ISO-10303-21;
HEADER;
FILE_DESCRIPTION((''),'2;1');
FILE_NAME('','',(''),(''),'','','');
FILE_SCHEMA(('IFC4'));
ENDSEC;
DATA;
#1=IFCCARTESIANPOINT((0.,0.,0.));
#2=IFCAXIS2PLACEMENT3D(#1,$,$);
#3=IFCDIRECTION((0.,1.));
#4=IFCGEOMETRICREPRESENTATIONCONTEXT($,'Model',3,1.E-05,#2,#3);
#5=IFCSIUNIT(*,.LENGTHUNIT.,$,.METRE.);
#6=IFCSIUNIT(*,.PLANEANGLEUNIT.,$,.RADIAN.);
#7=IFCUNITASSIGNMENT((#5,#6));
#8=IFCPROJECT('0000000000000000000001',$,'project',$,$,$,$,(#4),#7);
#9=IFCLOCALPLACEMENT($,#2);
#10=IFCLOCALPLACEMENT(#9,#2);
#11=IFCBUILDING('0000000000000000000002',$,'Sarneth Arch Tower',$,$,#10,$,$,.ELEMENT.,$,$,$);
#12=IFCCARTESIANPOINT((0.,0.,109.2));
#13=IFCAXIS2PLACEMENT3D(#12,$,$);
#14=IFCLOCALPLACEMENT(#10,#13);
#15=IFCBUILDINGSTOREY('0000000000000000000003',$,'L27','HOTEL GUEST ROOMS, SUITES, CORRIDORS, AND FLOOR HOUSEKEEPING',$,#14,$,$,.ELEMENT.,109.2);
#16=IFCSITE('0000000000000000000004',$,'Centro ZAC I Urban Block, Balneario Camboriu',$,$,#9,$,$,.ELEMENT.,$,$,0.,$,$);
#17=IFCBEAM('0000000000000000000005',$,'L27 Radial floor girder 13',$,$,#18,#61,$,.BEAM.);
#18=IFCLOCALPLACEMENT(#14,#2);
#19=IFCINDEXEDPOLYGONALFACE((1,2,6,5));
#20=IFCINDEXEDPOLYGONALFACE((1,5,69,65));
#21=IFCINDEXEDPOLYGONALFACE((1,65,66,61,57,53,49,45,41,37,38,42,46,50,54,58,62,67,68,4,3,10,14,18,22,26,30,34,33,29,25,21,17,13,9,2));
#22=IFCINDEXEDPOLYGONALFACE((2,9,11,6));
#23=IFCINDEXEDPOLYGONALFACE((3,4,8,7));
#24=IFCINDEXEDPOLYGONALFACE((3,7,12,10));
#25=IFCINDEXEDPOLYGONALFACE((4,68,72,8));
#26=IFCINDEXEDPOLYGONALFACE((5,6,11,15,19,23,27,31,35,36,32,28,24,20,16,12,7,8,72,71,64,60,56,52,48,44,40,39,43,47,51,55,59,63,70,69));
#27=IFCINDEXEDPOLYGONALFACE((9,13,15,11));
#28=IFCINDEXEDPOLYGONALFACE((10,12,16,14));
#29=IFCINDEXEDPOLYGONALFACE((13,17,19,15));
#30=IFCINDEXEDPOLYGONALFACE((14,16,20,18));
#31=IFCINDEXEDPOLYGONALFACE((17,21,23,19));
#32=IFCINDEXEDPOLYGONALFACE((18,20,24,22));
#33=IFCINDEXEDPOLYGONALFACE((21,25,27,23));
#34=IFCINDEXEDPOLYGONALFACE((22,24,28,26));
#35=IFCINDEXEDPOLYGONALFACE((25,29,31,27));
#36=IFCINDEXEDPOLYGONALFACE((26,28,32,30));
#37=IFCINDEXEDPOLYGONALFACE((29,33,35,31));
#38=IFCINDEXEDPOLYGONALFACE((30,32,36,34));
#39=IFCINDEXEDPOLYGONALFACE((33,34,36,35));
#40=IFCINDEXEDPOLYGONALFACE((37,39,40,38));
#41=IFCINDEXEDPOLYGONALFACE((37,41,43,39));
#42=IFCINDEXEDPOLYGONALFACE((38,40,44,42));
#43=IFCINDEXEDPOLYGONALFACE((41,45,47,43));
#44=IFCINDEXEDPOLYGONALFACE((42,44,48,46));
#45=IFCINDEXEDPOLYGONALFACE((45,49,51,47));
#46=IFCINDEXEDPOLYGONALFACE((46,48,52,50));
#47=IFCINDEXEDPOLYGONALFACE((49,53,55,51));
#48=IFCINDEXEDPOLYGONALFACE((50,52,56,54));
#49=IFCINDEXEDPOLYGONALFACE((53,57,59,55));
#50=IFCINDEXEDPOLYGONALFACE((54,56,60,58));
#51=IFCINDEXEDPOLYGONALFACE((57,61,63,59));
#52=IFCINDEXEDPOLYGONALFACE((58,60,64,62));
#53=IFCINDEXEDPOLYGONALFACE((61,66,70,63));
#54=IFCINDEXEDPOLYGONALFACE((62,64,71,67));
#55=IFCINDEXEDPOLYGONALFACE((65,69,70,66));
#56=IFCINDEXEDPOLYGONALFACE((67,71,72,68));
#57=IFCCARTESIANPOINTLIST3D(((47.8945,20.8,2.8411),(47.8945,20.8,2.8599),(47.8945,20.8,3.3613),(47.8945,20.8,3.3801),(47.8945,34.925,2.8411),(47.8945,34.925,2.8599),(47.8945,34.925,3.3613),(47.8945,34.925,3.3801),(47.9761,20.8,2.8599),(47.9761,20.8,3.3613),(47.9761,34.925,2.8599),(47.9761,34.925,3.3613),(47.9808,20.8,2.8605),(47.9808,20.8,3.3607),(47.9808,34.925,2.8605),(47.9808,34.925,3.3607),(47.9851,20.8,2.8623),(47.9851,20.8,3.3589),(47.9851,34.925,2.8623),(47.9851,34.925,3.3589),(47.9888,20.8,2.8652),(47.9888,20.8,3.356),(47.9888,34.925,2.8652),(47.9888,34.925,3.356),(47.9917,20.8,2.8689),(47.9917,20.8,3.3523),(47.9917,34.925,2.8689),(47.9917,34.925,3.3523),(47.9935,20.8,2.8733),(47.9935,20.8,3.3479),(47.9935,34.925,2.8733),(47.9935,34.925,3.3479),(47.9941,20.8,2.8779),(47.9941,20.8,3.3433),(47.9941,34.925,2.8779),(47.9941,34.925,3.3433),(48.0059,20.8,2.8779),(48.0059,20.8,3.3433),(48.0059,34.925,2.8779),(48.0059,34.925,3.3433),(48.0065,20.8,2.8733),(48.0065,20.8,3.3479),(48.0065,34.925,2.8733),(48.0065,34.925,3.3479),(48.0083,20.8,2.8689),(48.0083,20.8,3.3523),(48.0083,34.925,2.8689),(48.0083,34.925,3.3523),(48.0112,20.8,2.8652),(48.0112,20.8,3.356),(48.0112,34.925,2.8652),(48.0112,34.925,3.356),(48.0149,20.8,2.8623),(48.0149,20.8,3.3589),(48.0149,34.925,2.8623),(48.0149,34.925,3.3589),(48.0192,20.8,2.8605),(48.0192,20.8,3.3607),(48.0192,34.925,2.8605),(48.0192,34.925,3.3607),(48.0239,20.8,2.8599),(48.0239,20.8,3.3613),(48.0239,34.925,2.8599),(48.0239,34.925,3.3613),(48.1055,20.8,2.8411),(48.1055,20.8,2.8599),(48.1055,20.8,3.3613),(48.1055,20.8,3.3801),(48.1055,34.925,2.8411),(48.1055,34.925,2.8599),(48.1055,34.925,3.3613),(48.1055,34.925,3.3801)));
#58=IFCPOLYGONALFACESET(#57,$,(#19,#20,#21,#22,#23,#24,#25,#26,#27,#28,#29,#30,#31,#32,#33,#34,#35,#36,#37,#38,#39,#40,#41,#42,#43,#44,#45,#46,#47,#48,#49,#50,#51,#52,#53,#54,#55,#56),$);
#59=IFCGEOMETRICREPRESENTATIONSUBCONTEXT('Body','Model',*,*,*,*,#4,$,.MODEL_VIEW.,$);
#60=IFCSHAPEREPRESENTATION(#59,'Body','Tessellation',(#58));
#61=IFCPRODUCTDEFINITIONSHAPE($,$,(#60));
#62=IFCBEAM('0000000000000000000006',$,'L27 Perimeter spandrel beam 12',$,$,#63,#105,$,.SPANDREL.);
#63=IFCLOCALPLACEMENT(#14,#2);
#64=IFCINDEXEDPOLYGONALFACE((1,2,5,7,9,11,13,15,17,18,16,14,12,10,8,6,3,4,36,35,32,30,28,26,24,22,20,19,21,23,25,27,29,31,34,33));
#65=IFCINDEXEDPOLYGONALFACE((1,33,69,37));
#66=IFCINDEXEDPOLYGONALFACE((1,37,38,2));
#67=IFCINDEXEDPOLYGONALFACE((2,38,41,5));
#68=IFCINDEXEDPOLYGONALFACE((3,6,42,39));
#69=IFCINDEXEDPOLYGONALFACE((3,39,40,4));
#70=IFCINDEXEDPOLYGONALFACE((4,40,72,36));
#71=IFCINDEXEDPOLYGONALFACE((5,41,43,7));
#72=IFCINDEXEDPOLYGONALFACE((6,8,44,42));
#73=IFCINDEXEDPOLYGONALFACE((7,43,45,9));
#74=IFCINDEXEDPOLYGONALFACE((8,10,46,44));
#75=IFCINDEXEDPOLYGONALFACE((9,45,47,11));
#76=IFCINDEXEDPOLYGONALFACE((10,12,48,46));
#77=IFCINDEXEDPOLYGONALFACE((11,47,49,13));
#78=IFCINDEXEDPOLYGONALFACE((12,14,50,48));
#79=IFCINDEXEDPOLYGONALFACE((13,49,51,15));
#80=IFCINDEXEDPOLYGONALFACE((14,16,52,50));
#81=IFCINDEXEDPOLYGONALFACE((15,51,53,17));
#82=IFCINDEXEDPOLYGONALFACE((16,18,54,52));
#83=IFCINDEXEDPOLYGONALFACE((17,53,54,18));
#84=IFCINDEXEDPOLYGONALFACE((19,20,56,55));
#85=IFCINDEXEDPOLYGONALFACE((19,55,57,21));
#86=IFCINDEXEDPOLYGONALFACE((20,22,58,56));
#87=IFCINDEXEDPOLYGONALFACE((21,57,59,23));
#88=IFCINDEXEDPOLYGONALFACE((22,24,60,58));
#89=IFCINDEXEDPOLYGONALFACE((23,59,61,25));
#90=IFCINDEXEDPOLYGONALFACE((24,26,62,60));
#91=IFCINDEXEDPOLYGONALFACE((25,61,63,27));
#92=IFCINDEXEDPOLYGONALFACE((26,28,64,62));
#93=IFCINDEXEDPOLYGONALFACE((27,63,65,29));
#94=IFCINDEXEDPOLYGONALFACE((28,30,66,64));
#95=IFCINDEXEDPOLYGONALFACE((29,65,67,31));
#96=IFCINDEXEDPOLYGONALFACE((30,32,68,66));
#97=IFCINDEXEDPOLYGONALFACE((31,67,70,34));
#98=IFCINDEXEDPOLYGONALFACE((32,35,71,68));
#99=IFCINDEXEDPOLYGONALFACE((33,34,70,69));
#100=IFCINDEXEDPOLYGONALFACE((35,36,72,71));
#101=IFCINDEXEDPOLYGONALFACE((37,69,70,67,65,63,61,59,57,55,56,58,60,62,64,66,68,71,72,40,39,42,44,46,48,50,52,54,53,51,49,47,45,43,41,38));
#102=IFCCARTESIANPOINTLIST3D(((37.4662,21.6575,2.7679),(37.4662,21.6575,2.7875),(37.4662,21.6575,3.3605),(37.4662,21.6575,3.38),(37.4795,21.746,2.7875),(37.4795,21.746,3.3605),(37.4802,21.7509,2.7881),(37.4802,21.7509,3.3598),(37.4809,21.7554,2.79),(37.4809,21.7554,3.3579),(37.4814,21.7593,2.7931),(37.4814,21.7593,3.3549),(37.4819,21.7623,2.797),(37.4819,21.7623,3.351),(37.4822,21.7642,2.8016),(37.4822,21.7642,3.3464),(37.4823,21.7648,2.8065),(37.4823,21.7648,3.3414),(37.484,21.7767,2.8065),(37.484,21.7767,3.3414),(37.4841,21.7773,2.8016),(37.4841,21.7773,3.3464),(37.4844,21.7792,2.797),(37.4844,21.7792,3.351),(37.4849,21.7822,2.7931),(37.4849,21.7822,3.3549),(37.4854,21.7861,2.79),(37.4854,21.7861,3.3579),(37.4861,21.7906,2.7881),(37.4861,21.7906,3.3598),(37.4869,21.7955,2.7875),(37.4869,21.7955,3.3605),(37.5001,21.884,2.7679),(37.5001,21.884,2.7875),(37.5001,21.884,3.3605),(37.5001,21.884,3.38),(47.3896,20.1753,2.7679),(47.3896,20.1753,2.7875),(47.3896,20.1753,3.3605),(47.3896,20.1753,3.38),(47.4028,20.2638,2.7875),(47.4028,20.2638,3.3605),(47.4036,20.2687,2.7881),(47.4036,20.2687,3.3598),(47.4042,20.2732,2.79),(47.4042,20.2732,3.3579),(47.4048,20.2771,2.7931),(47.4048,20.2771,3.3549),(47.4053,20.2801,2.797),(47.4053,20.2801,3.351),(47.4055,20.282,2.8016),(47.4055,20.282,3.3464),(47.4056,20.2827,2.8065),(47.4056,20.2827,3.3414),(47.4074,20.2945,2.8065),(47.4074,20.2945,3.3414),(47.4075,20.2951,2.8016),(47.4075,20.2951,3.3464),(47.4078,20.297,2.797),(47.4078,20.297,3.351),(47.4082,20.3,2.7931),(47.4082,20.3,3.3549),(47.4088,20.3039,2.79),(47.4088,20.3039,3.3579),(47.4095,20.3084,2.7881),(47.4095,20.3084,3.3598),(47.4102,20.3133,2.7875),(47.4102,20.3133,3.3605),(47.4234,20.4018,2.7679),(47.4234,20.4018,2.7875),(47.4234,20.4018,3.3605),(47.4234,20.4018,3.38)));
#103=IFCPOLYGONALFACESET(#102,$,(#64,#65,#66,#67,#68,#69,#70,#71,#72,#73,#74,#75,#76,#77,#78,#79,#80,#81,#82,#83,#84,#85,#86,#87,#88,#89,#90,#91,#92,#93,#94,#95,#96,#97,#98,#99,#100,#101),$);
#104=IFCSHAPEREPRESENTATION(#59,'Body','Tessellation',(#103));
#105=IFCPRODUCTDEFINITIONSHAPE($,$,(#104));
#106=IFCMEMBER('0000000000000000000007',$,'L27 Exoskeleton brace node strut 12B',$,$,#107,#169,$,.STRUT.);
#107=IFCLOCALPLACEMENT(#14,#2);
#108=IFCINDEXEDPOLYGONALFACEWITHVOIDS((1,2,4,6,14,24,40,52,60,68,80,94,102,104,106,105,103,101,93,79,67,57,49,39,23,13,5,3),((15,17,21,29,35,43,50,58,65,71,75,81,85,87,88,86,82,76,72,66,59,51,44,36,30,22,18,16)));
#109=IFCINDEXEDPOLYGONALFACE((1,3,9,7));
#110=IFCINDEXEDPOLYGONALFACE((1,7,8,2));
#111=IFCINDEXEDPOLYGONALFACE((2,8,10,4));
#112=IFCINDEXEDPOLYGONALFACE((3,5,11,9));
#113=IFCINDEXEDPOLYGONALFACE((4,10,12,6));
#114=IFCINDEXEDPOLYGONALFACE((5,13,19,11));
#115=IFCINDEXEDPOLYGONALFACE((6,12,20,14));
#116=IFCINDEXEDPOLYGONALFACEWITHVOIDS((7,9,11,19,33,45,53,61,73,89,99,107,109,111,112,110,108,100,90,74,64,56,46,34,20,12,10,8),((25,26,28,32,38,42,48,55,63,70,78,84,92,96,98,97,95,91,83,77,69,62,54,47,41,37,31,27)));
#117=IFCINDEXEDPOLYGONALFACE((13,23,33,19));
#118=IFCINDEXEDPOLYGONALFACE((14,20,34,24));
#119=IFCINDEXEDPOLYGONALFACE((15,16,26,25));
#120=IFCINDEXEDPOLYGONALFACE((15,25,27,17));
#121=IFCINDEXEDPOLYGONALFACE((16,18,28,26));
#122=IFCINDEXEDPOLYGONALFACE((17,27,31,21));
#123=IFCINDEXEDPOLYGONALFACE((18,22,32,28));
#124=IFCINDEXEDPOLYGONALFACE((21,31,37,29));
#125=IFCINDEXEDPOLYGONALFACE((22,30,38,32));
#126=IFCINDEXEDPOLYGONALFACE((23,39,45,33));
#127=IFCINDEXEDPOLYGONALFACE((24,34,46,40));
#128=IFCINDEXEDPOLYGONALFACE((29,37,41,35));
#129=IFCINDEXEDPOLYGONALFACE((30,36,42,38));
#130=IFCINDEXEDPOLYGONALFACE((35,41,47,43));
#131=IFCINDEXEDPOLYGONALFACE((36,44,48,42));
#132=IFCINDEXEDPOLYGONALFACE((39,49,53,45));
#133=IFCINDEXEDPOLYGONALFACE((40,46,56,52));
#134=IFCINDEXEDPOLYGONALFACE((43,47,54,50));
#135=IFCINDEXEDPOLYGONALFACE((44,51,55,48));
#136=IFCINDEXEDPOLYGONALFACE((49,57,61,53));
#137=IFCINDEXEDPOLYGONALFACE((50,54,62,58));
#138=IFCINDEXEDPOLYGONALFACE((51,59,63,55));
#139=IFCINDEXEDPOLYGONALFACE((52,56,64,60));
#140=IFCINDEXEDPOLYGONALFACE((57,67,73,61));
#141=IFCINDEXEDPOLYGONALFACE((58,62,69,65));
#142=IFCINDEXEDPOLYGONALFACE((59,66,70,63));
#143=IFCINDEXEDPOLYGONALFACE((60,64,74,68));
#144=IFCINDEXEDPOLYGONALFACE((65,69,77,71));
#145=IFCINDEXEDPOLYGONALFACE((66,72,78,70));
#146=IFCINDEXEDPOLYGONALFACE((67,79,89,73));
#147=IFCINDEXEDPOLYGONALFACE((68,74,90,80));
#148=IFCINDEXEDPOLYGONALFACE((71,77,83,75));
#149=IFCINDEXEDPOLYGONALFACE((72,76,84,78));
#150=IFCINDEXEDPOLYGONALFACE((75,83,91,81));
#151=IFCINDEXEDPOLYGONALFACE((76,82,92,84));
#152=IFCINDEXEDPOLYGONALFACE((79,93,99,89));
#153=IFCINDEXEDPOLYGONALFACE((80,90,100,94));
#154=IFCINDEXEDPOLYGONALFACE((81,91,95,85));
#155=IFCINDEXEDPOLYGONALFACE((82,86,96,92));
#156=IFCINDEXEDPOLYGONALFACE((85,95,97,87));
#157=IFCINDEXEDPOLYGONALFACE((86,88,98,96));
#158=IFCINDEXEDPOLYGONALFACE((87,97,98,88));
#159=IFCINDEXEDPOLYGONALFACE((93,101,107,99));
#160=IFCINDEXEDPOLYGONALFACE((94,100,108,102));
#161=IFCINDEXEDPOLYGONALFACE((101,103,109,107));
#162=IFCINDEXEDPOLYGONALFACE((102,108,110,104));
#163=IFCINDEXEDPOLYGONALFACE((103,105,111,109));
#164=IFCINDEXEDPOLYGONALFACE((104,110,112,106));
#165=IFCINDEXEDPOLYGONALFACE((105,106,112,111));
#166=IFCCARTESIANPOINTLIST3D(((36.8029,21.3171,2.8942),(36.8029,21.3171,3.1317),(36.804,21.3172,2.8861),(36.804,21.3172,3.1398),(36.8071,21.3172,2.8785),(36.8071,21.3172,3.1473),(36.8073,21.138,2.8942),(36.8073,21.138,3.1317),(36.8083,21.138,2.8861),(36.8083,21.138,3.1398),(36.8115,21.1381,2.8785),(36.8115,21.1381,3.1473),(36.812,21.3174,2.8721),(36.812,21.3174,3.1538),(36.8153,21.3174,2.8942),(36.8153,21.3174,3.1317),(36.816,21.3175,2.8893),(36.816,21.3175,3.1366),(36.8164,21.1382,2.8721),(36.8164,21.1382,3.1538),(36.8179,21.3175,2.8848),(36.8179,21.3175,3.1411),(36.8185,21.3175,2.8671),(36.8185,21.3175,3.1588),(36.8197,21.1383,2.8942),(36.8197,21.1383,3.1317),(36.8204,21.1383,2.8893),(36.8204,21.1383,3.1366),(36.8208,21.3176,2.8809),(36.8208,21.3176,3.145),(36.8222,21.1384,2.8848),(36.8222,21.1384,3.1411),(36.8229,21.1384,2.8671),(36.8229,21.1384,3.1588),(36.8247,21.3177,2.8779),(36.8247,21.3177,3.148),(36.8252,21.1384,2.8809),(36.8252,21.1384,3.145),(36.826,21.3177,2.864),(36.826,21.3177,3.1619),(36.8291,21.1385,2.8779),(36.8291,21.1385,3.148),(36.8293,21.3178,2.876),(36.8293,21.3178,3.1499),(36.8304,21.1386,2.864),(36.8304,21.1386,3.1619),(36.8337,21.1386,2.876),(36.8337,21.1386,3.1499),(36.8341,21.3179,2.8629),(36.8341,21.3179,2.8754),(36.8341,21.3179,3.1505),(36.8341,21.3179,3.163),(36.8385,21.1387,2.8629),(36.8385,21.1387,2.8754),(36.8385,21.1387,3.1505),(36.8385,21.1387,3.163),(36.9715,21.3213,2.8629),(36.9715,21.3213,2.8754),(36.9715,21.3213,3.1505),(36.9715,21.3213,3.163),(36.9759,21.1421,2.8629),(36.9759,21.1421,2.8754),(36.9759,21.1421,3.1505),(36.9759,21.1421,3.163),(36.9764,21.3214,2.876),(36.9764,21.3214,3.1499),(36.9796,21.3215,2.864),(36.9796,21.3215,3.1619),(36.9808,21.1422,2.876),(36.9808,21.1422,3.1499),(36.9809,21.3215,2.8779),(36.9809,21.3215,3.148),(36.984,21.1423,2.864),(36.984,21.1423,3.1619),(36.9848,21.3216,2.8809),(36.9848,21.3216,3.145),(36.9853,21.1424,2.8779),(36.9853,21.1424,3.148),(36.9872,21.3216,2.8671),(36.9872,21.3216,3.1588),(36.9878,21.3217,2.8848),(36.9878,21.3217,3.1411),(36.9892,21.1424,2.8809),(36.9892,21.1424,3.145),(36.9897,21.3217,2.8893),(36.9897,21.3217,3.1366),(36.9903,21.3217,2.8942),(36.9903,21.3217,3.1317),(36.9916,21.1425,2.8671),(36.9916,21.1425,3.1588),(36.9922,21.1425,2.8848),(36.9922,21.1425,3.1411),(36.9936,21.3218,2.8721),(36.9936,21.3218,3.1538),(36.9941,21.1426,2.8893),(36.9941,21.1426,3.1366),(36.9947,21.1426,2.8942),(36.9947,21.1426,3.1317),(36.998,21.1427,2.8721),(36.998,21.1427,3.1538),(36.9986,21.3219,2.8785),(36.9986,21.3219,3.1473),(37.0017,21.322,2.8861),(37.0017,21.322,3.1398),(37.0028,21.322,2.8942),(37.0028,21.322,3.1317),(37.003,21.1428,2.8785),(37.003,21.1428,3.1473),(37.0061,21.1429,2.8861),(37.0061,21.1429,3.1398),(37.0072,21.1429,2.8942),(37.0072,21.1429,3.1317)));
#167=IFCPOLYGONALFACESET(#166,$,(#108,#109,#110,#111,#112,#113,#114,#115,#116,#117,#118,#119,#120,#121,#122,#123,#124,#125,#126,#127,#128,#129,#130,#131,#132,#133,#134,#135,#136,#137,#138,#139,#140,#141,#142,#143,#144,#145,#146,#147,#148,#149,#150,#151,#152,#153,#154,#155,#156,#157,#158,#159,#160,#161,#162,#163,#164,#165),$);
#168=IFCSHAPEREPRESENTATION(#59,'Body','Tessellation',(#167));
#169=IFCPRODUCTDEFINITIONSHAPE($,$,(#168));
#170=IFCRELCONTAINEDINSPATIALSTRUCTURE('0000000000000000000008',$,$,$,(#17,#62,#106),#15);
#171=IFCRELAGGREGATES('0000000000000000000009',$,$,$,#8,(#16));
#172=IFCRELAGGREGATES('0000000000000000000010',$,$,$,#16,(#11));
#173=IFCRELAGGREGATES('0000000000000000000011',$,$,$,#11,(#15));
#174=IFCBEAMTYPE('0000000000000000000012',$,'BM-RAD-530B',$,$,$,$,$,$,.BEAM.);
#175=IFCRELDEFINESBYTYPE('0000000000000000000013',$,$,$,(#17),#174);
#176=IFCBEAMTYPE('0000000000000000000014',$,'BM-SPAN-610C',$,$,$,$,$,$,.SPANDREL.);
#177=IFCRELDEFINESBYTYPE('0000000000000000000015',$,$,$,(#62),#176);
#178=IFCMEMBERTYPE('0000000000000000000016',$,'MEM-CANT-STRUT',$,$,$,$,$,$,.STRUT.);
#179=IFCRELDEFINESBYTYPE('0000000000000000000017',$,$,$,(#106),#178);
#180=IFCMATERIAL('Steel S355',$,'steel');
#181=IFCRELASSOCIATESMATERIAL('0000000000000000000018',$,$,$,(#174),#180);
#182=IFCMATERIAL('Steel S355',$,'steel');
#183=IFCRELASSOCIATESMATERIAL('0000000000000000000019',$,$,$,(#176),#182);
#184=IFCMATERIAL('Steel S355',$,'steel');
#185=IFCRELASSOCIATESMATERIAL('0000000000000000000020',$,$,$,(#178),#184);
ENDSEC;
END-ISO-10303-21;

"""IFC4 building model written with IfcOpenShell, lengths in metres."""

from ifc_helpers import new_model, si_unit, direction, frame, origin, origin_2d, place, context, subcontext, project, spatial, hollow_rectangle, i_section, extrude, material, material_profile, profile_set, type_object, element, save


model = new_model("IFC4")

# Units and contexts
model_context = context("Model", 3, precision=1e-05, world=origin(), true_north=direction((0.0, 1.0)))
body_context = subcontext(model_context, "Body", "Model", "MODEL_VIEW")
ifc_project = project(units=[si_unit("LENGTHUNIT", "METRE"), si_unit("PLANEANGLEUNIT", "RADIAN")], contexts=[model_context])

# Site, building, storey
site_placement = place(None, origin())
site = spatial("IfcSite", under=ifc_project, at=site_placement, Name="Centro ZAC I Urban Block, Balneario Camboriu", CompositionType="ELEMENT", RefElevation=0.0)
building_placement = place(site_placement, origin())
building = spatial("IfcBuilding", under=site, at=building_placement, Name="Sarneth Arch Tower", CompositionType="ELEMENT")
storey_placement = place(building_placement, frame((0.0, 0.0, 109.2)))
storey = spatial("IfcBuildingStorey", under=building, at=storey_placement, Name="L27", Description="HOTEL GUEST ROOMS, SUITES, CORRIDORS, AND FLOOR HOUSEKEEPING", CompositionType="ELEMENT", Elevation=109.2)

# Beams
ifc_material_1 = material(Name="Steel S355", Category="steel")
ifc_material_profile_1 = material_profile(ifc_material_1, i_section(OverallWidth=0.2109, OverallDepth=0.5391, WebThickness=0.0117, FlangeThickness=0.0188, FilletRadius=0.0181, at=origin_2d()), Name="W530x109")
ifc_profile_set_1 = profile_set([ifc_material_profile_1], Name="Steel S355")
beam_type_1 = type_object("IfcBeamType", Name="BM-RAD-530B", PredefinedType="BEAM", material=ifc_profile_set_1)
beam_1_placement = place(storey_placement, frame((48.0, 34.925, 3.1106), z_axis=(0.0, -1.0, 0.0), x_axis=(1.0, 0.0, 0.0)))
element("IfcBeam", 1, at=beam_1_placement, inside=storey, type_object=beam_type_1, Name="L27 Radial floor girder 13", PredefinedType="BEAM", context=body_context, shape_type="SweptSolid", body=[
    extrude(i_section(OverallWidth=0.2109, OverallDepth=0.5391, WebThickness=0.0117, FlangeThickness=0.0188, FilletRadius=0.0181, at=origin_2d()), origin(), (0.0, 0.0, 1.0), 14.125),
])
ifc_material_2 = material(Name="Steel S355", Category="steel")
ifc_material_profile_2 = material_profile(ifc_material_2, i_section(OverallWidth=0.229, OverallDepth=0.6121, WebThickness=0.012, FlangeThickness=0.0195, FilletRadius=0.019, at=origin_2d()), Name="W610x125")
ifc_profile_set_2 = profile_set([ifc_material_profile_2], Name="Steel S355")
beam_type_2 = type_object("IfcBeamType", Name="BM-SPAN-610C", PredefinedType="SPANDREL", material=ifc_profile_set_2)
beam_2_placement = place(storey_placement, frame((37.4832, 21.7708, 3.074), z_axis=(0.989029, -0.147724, 0.0), x_axis=(0.147724, 0.989029, 0.0)))
element("IfcBeam", 2, at=beam_2_placement, inside=storey, type_object=beam_type_2, Name="L27 Perimeter spandrel beam 12", PredefinedType="SPANDREL", context=body_context, shape_type="SweptSolid", body=[
    extrude(i_section(OverallWidth=0.229, OverallDepth=0.6121, WebThickness=0.012, FlangeThickness=0.0195, FilletRadius=0.019, at=origin_2d()), origin(), (0.0, 0.0, 1.0), 10.0334),
])

# Member
ifc_material_3 = material(Name="Steel S355", Category="steel")
ifc_material_profile_3 = material_profile(ifc_material_3, hollow_rectangle(XDim=0.2, YDim=0.3, WallThickness=0.0125, InnerFilletRadius=0.0188, OuterFilletRadius=0.0312, at=origin_2d()), Name="RHS300x200x12.5")
ifc_profile_set_3 = profile_set([ifc_material_profile_3], Name="Steel S355")
member_type_1 = type_object("IfcMemberType", Name="MEM-CANT-STRUT", PredefinedType="STRUT", material=ifc_profile_set_3)
member_1_placement = place(storey_placement, frame((36.9028, 21.3196, 3.0129), z_axis=(0.024516, -0.999699, 0.0), x_axis=(0.999699, 0.024516, 0.0)))
element("IfcMember", 3, at=member_1_placement, inside=storey, type_object=member_type_1, Name="L27 Exoskeleton brace node strut 12B", PredefinedType="STRUT", context=body_context, shape_type="SweptSolid", body=[
    extrude(hollow_rectangle(XDim=0.2, YDim=0.3, WallThickness=0.0125, InnerFilletRadius=0.0188, OuterFilletRadius=0.0312, at=origin_2d()), origin(), (0.0, 0.0, 1.0), 0.1792),
])

save(model, "model.ifc")
